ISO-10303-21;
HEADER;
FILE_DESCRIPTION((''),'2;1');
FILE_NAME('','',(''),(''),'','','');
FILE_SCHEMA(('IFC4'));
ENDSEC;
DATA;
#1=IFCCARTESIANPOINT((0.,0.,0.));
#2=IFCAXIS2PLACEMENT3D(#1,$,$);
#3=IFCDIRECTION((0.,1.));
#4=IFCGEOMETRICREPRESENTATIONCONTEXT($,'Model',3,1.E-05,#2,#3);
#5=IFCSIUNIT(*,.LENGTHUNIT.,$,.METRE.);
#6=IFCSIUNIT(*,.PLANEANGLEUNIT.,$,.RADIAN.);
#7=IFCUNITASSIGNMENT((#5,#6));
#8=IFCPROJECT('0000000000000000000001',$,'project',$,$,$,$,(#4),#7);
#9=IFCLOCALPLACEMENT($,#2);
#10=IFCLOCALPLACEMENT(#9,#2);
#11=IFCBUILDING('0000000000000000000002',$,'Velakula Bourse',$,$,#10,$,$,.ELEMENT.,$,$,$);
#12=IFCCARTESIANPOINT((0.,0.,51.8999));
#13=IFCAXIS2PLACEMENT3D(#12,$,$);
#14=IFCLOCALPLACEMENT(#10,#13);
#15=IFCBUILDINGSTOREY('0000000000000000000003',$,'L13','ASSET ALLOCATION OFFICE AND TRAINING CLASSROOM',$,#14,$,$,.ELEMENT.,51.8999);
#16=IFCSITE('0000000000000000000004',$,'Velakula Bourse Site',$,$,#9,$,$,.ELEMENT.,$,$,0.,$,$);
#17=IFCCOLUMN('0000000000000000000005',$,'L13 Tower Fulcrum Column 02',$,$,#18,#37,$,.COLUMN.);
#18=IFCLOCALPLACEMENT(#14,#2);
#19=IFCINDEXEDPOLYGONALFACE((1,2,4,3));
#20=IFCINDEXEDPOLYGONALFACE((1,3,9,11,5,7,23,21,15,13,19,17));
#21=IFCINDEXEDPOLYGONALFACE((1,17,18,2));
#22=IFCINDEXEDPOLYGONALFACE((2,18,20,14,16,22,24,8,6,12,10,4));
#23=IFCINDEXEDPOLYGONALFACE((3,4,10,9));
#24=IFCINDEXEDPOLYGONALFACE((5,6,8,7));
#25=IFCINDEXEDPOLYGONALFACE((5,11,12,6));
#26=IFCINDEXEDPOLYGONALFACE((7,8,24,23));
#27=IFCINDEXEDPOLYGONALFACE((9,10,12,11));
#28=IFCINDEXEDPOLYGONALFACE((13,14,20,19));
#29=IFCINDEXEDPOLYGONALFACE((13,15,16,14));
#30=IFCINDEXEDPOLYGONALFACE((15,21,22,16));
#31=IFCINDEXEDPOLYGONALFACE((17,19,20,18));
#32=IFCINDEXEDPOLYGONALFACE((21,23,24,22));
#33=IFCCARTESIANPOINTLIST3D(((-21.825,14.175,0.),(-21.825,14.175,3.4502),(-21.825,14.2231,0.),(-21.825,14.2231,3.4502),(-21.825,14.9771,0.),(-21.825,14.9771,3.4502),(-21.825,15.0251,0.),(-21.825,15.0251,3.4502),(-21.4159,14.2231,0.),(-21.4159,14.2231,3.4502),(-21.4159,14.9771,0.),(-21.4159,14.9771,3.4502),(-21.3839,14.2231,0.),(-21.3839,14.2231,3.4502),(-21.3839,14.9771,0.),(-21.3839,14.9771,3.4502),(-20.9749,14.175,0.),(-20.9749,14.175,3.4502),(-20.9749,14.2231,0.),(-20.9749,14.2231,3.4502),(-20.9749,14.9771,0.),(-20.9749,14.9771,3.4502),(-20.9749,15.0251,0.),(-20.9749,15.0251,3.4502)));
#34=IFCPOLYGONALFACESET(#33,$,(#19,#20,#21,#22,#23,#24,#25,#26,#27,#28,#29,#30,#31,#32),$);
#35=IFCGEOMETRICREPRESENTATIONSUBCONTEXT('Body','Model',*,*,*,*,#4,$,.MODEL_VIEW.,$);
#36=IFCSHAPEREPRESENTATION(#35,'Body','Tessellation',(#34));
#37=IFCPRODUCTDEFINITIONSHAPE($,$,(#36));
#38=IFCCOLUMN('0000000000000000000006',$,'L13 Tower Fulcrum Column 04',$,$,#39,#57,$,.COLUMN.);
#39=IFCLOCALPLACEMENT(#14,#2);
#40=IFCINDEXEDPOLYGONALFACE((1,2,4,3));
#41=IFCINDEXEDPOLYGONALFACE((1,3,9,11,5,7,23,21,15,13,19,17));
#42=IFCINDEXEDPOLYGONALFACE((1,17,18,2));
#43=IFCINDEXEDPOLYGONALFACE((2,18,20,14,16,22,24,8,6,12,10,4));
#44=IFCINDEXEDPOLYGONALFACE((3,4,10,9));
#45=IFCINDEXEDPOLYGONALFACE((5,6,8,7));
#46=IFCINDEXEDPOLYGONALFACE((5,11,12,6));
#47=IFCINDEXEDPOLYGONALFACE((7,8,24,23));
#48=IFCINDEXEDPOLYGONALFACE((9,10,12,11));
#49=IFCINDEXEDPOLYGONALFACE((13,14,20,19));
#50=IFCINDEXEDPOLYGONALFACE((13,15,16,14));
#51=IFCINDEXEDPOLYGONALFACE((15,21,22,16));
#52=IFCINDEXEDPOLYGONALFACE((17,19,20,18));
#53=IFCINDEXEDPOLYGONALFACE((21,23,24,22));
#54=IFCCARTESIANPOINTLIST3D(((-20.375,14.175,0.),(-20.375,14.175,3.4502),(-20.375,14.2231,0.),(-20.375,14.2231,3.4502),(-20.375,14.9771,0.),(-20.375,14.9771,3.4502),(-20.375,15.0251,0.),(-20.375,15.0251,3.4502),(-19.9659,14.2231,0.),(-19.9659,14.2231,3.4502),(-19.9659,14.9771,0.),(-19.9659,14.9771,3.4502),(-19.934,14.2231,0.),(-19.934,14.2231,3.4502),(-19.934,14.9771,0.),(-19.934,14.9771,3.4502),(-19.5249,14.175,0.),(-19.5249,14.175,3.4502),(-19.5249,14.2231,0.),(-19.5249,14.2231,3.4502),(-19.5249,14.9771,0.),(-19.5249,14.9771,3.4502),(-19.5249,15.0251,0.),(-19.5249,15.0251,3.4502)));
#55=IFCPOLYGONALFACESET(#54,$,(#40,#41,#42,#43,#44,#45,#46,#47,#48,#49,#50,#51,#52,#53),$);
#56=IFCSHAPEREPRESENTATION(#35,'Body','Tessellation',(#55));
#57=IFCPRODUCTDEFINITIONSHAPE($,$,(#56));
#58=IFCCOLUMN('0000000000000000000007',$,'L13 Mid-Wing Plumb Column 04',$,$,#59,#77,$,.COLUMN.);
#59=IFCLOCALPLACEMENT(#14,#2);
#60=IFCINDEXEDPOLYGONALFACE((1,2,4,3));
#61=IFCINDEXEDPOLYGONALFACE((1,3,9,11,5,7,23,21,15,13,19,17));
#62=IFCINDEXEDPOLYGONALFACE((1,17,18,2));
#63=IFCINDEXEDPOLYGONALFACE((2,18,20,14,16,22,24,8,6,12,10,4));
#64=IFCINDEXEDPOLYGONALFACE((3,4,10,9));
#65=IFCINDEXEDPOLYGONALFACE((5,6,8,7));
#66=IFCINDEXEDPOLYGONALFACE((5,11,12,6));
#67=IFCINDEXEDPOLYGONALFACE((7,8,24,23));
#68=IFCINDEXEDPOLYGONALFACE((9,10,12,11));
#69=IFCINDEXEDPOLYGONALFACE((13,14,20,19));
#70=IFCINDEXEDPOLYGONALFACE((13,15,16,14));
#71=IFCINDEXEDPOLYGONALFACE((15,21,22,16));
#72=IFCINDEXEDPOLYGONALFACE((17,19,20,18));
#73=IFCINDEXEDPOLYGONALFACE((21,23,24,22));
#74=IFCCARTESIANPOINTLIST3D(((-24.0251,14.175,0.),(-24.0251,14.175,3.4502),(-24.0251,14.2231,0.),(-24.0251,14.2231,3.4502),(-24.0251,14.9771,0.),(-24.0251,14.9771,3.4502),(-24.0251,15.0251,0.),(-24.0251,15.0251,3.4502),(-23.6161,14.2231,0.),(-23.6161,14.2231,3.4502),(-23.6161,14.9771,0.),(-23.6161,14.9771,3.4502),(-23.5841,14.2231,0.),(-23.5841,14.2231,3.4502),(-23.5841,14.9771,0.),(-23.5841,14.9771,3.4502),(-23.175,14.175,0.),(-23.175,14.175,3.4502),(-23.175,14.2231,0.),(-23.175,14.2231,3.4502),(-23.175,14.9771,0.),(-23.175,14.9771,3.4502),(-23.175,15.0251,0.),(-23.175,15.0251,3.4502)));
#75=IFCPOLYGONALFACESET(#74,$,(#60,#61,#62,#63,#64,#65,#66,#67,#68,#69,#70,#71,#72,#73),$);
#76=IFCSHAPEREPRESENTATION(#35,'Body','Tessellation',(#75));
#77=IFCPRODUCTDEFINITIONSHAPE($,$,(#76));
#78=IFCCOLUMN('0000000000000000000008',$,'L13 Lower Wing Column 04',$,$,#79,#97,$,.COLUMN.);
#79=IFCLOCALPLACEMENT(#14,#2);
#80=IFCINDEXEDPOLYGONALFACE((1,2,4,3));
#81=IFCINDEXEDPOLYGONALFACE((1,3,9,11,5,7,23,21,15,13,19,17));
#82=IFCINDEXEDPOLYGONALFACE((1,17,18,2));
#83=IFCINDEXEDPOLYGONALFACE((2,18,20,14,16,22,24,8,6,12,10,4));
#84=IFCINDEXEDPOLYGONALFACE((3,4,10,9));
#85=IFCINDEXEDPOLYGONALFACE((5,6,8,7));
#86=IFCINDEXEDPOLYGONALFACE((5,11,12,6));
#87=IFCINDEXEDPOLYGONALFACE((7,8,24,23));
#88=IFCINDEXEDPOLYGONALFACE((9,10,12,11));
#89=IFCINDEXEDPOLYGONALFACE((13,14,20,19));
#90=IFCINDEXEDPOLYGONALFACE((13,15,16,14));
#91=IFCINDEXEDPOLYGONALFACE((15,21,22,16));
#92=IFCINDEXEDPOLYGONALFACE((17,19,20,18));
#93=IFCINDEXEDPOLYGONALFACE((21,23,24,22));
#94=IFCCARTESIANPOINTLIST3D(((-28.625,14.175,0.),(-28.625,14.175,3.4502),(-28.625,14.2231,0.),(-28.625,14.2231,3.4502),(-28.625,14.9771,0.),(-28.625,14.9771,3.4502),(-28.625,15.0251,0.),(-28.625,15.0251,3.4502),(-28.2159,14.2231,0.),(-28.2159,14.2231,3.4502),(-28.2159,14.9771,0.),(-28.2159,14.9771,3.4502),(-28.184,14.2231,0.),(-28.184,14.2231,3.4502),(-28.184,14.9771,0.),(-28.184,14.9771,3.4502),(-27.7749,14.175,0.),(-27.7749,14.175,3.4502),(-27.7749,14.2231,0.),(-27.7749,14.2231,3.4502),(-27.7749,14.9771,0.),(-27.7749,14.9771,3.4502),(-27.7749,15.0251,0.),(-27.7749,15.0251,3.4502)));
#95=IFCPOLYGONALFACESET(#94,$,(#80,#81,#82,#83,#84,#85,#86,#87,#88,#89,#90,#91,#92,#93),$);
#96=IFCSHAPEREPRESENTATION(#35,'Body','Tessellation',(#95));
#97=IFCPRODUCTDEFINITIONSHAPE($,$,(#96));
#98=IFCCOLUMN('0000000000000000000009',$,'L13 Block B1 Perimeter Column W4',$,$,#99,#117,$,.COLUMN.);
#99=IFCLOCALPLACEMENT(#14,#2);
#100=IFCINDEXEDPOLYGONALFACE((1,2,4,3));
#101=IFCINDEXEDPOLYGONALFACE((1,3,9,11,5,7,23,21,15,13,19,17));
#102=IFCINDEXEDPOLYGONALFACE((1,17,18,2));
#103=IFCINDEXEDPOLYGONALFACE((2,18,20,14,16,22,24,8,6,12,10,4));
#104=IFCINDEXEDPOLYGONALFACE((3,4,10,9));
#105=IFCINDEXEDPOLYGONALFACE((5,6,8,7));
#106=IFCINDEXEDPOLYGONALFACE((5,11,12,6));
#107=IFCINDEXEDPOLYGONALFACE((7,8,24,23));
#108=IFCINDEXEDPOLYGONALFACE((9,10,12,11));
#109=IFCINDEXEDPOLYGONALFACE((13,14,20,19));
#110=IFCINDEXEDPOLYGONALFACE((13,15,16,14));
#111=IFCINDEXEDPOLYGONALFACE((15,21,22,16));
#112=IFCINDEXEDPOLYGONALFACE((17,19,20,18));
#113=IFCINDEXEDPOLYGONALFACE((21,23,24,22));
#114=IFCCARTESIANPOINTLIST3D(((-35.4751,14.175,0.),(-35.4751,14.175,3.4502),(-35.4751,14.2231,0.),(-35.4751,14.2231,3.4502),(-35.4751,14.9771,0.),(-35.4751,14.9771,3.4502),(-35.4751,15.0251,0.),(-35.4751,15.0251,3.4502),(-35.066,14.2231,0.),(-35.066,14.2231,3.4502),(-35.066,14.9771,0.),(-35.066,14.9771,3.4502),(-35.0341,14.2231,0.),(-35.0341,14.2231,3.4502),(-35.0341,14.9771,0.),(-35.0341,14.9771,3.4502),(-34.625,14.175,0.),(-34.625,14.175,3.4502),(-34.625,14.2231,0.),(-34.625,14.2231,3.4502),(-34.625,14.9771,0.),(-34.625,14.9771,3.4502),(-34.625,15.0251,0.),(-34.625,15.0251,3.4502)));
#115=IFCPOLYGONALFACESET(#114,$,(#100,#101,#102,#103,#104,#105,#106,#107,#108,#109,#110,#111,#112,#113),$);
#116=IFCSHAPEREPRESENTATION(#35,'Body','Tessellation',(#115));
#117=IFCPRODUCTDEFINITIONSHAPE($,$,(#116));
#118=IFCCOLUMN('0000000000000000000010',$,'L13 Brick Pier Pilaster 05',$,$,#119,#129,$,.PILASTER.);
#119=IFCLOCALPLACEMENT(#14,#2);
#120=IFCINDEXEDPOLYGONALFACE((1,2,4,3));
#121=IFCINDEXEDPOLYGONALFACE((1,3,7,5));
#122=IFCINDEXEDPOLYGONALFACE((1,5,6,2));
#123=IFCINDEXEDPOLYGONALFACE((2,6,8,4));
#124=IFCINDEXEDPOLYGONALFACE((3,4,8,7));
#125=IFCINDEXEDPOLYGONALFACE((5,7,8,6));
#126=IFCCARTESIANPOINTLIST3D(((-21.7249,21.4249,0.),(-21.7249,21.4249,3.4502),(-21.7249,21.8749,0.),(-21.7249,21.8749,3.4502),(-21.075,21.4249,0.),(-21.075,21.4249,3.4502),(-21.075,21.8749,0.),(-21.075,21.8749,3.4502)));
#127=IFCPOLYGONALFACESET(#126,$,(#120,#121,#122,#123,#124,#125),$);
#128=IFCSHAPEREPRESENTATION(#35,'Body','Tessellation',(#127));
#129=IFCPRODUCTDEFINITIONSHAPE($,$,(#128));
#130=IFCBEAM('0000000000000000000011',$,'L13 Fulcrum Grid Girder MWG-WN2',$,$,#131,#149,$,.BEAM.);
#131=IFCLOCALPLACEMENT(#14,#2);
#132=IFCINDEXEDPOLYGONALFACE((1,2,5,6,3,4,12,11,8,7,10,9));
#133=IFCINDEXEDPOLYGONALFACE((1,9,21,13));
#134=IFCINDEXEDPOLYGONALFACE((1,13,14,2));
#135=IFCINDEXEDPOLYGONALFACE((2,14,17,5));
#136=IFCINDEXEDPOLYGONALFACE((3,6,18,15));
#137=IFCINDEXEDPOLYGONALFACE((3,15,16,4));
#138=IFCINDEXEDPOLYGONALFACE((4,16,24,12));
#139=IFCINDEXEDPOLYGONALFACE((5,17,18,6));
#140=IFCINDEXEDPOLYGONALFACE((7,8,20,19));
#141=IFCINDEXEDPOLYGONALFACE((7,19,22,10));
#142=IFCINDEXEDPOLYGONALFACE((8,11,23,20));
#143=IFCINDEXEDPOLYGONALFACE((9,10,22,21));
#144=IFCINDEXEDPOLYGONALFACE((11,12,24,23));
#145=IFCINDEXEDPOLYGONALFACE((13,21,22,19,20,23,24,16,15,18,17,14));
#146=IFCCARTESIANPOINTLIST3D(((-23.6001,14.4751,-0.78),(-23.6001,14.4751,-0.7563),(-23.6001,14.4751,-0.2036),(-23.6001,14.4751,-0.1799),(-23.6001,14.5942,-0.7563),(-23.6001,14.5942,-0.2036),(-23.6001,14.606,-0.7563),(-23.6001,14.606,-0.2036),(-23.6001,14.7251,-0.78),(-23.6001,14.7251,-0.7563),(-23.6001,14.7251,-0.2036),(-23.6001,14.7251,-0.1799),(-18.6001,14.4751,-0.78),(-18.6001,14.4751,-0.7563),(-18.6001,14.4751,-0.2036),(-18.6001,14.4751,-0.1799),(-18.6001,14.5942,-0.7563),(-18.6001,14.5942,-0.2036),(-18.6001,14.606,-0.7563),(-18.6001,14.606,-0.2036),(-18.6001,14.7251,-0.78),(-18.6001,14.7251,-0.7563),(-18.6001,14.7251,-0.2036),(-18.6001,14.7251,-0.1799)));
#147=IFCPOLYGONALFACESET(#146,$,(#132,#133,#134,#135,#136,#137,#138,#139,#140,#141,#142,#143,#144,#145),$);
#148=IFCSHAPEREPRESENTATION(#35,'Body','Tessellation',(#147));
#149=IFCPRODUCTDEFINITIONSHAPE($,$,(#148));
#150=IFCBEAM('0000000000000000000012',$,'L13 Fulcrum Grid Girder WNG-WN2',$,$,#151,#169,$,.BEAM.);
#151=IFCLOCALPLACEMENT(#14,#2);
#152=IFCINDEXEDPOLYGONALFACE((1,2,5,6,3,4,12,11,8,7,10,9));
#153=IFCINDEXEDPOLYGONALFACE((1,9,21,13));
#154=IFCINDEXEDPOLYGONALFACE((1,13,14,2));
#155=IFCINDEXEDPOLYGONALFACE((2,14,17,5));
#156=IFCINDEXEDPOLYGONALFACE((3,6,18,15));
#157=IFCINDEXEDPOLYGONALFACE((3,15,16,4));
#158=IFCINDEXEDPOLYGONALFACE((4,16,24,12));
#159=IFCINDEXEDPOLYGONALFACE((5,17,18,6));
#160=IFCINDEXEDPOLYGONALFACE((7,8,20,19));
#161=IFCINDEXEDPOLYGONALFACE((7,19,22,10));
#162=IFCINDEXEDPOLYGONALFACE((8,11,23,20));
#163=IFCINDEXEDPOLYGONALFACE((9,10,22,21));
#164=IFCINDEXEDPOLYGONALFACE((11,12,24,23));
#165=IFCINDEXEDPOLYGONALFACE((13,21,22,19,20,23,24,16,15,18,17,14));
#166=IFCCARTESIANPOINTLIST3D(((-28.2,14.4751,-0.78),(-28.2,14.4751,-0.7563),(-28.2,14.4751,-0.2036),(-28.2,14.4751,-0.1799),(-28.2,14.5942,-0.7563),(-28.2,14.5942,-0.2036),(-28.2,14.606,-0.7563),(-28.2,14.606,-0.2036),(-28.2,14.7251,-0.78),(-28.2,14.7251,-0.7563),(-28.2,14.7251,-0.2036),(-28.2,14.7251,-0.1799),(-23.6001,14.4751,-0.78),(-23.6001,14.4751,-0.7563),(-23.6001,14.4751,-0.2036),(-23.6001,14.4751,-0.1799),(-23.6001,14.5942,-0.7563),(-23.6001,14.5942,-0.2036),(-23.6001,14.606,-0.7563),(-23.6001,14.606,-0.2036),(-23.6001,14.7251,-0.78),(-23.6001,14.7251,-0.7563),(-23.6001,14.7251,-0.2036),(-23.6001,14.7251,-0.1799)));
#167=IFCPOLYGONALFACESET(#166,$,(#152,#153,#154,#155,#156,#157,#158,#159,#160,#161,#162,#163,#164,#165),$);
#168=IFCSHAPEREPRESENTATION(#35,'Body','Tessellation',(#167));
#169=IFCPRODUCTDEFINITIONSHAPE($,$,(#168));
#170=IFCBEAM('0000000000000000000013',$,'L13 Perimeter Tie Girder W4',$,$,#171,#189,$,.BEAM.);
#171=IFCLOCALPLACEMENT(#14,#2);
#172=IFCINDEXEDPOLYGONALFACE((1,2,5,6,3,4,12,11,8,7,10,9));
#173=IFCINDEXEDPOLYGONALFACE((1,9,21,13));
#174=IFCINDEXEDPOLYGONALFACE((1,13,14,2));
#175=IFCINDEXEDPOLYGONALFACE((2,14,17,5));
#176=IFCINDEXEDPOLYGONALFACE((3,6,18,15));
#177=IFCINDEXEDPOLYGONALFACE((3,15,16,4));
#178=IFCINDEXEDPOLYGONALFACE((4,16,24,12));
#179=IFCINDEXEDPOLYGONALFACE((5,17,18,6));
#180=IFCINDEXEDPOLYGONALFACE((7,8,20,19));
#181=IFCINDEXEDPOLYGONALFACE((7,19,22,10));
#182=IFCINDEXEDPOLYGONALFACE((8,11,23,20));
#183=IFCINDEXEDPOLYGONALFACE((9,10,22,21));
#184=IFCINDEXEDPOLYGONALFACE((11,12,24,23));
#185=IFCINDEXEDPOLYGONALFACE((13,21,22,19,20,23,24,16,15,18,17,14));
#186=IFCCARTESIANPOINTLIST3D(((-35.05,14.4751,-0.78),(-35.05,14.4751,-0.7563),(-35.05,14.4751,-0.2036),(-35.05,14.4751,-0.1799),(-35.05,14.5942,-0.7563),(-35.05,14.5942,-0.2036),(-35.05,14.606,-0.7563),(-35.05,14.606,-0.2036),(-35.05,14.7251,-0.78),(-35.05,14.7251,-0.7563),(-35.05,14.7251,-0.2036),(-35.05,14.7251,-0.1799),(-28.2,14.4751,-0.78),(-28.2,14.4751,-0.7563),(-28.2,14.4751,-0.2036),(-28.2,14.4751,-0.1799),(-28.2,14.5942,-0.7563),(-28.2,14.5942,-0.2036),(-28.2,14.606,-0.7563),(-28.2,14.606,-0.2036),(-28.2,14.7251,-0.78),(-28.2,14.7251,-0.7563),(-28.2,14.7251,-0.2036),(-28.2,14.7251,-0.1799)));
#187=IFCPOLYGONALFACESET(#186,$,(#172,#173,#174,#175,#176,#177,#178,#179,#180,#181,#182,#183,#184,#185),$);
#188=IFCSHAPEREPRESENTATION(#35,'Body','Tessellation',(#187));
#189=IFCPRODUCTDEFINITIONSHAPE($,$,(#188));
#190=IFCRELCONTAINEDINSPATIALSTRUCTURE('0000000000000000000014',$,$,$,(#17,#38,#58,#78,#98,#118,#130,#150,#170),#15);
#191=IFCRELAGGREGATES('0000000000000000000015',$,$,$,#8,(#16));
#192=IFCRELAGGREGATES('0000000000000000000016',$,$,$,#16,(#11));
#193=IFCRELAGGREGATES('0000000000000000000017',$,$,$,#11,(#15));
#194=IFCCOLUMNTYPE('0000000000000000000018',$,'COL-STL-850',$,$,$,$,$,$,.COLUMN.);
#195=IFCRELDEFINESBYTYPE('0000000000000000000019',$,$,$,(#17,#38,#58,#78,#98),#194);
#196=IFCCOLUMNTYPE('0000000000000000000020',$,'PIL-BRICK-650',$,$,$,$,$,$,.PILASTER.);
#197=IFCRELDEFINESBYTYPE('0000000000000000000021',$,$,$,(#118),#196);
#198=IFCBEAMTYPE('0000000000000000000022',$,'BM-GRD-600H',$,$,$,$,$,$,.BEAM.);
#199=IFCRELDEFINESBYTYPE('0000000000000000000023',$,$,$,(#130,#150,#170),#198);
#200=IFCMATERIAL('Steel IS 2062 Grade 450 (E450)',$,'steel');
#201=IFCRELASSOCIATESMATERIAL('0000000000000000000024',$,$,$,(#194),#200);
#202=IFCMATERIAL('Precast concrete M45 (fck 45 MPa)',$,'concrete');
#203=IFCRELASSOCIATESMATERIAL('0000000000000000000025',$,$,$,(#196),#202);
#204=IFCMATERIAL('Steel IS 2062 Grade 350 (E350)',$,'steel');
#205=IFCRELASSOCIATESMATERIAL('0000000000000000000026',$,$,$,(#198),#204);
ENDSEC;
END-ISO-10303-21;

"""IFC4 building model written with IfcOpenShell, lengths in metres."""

from ifc_helpers import new_model, si_unit, direction, frame, origin, origin_2d, place, context, subcontext, project, spatial, rectangle, i_section, extrude, material, material_profile, profile_set, type_object, element, save


model = new_model("IFC4")

# Units and contexts
model_context = context("Model", 3, precision=1e-05, world=origin(), true_north=direction((0.0, 1.0)))
body_context = subcontext(model_context, "Body", "Model", "MODEL_VIEW")
ifc_project = project(units=[si_unit("LENGTHUNIT", "METRE"), si_unit("PLANEANGLEUNIT", "RADIAN")], contexts=[model_context])

# Site, building, storey
site_placement = place(None, origin())
site = spatial("IfcSite", under=ifc_project, at=site_placement, Name="Velakula Bourse Site", CompositionType="ELEMENT", RefElevation=0.0)
building_placement = place(site_placement, origin())
building = spatial("IfcBuilding", under=site, at=building_placement, Name="Velakula Bourse", CompositionType="ELEMENT")
storey_placement = place(building_placement, frame((0.0, 0.0, 51.8999)))
storey = spatial("IfcBuildingStorey", under=building, at=storey_placement, Name="L13", Description="ASSET ALLOCATION OFFICE AND TRAINING CLASSROOM", CompositionType="ELEMENT", Elevation=51.8999)

# Columns
ifc_material_1 = material(Name="Steel IS 2062 Grade 450 (E450)", Category="steel")
ifc_material_profile_1 = material_profile(ifc_material_1, i_section(OverallWidth=0.8501, OverallDepth=0.8501, WebThickness=0.032, FlangeThickness=0.0481, at=origin_2d()), Name="Steel IS 2062 Grade 450 (E450)")
ifc_profile_set_1 = profile_set([ifc_material_profile_1], Name="Steel IS 2062 Grade 450 (E450)")
column_type_1 = type_object("IfcColumnType", Name="COL-STL-850", PredefinedType="COLUMN", material=ifc_profile_set_1)
for number, where, z_axis, x_axis, name in (
    (1, (-21.3999, 14.6001, 0.0), (0.0, 0.0, 1.0), (1.0, 0.0, 0.0), "L13 Tower Fulcrum Column 02"),
    (2, (-19.95, 14.6001, 0.0), (0.0, 0.0, 1.0), (1.0, 0.0, 0.0), "L13 Tower Fulcrum Column 04"),
    (3, (-23.6001, 14.6001, 0.0), (0.0, 0.0, 1.0), (1.0, 0.0, 0.0), "L13 Mid-Wing Plumb Column 04"),
    (4, (-28.2, 14.6001, 0.0), (0.0, 0.0, 1.0), (1.0, 0.0, 0.0), "L13 Lower Wing Column 04"),
    (5, (-35.05, 14.6001, 0.0), (0.0, 0.0, 1.0), (1.0, 0.0, 0.0), "L13 Block B1 Perimeter Column W4"),
):
    element("IfcColumn", number, at=place(storey_placement, frame(where, z_axis=z_axis, x_axis=x_axis)), inside=storey, type_object=column_type_1, Name=name, PredefinedType="COLUMN", context=body_context, shape_type="SweptSolid", body=[
        extrude(i_section(OverallWidth=0.8501, OverallDepth=0.8501, WebThickness=0.032, FlangeThickness=0.0481, at=origin_2d()), origin(), (0.0, 0.0, 1.0), 3.4502),
    ])
ifc_material_2 = material(Name="Precast concrete M45 (fck 45 MPa)", Category="concrete")
ifc_material_profile_2 = material_profile(ifc_material_2, rectangle(XDim=0.6499, YDim=0.45, at=origin_2d()), Name="Precast concrete M45 (fck 45 MPa)")
ifc_profile_set_2 = profile_set([ifc_material_profile_2], Name="Precast concrete M45 (fck 45 MPa)")
column_type_2 = type_object("IfcColumnType", Name="PIL-BRICK-650", PredefinedType="PILASTER", material=ifc_profile_set_2)
column_placement = place(storey_placement, frame((-21.3999, 21.6499, 0.0), z_axis=(0.0, 0.0, 1.0), x_axis=(1.0, 0.0, 0.0)))
element("IfcColumn", 6, at=column_placement, inside=storey, type_object=column_type_2, Name="L13 Brick Pier Pilaster 05", PredefinedType="PILASTER", context=body_context, shape_type="SweptSolid", body=[
    extrude(rectangle(XDim=0.6499, YDim=0.45, at=origin_2d()), origin(), (0.0, 0.0, 1.0), 3.4502),
])

# Beams
ifc_material_3 = material(Name="Steel IS 2062 Grade 350 (E350)", Category="steel")
ifc_material_profile_3 = material_profile(ifc_material_3, i_section(OverallWidth=0.25, OverallDepth=0.6001, WebThickness=0.0117, FlangeThickness=0.0237, at=origin_2d()), Name="Steel IS 2062 Grade 350 (E350)")
ifc_profile_set_3 = profile_set([ifc_material_profile_3], Name="Steel IS 2062 Grade 350 (E350)")
beam_type_1 = type_object("IfcBeamType", Name="BM-GRD-600H", PredefinedType="BEAM", material=ifc_profile_set_3)
beam_1_placement = place(storey_placement, frame((-23.6001, 14.6001, -0.48), z_axis=(1.0, 0.0, 0.0), x_axis=(0.0, 1.0, 0.0)))
element("IfcBeam", 7, at=beam_1_placement, inside=storey, type_object=beam_type_1, Name="L13 Fulcrum Grid Girder MWG-WN2", PredefinedType="BEAM", context=body_context, shape_type="SweptSolid", body=[
    extrude(i_section(OverallWidth=0.25, OverallDepth=0.6001, WebThickness=0.0117, FlangeThickness=0.0237, at=origin_2d()), origin(), (0.0, 0.0, 1.0), 5.0),
])
beam_2_placement = place(storey_placement, frame((-28.2, 14.6001, -0.48), z_axis=(1.0, 0.0, 0.0), x_axis=(0.0, 1.0, 0.0)))
element("IfcBeam", 8, at=beam_2_placement, inside=storey, type_object=beam_type_1, Name="L13 Fulcrum Grid Girder WNG-WN2", PredefinedType="BEAM", context=body_context, shape_type="SweptSolid", body=[
    extrude(i_section(OverallWidth=0.25, OverallDepth=0.6001, WebThickness=0.0117, FlangeThickness=0.0237, at=origin_2d()), origin(), (0.0, 0.0, 1.0), 4.5999),
])
beam_3_placement = place(storey_placement, frame((-28.2, 14.6001, -0.48), z_axis=(-1.0, 0.0, 0.0), x_axis=(0.0, -1.0, 0.0)))
element("IfcBeam", 9, at=beam_3_placement, inside=storey, type_object=beam_type_1, Name="L13 Perimeter Tie Girder W4", PredefinedType="BEAM", context=body_context, shape_type="SweptSolid", body=[
    extrude(i_section(OverallWidth=0.25, OverallDepth=0.6001, WebThickness=0.0117, FlangeThickness=0.0237, at=origin_2d()), origin(), (0.0, 0.0, 1.0), 6.8501),
])

save(model, "model.ifc")
